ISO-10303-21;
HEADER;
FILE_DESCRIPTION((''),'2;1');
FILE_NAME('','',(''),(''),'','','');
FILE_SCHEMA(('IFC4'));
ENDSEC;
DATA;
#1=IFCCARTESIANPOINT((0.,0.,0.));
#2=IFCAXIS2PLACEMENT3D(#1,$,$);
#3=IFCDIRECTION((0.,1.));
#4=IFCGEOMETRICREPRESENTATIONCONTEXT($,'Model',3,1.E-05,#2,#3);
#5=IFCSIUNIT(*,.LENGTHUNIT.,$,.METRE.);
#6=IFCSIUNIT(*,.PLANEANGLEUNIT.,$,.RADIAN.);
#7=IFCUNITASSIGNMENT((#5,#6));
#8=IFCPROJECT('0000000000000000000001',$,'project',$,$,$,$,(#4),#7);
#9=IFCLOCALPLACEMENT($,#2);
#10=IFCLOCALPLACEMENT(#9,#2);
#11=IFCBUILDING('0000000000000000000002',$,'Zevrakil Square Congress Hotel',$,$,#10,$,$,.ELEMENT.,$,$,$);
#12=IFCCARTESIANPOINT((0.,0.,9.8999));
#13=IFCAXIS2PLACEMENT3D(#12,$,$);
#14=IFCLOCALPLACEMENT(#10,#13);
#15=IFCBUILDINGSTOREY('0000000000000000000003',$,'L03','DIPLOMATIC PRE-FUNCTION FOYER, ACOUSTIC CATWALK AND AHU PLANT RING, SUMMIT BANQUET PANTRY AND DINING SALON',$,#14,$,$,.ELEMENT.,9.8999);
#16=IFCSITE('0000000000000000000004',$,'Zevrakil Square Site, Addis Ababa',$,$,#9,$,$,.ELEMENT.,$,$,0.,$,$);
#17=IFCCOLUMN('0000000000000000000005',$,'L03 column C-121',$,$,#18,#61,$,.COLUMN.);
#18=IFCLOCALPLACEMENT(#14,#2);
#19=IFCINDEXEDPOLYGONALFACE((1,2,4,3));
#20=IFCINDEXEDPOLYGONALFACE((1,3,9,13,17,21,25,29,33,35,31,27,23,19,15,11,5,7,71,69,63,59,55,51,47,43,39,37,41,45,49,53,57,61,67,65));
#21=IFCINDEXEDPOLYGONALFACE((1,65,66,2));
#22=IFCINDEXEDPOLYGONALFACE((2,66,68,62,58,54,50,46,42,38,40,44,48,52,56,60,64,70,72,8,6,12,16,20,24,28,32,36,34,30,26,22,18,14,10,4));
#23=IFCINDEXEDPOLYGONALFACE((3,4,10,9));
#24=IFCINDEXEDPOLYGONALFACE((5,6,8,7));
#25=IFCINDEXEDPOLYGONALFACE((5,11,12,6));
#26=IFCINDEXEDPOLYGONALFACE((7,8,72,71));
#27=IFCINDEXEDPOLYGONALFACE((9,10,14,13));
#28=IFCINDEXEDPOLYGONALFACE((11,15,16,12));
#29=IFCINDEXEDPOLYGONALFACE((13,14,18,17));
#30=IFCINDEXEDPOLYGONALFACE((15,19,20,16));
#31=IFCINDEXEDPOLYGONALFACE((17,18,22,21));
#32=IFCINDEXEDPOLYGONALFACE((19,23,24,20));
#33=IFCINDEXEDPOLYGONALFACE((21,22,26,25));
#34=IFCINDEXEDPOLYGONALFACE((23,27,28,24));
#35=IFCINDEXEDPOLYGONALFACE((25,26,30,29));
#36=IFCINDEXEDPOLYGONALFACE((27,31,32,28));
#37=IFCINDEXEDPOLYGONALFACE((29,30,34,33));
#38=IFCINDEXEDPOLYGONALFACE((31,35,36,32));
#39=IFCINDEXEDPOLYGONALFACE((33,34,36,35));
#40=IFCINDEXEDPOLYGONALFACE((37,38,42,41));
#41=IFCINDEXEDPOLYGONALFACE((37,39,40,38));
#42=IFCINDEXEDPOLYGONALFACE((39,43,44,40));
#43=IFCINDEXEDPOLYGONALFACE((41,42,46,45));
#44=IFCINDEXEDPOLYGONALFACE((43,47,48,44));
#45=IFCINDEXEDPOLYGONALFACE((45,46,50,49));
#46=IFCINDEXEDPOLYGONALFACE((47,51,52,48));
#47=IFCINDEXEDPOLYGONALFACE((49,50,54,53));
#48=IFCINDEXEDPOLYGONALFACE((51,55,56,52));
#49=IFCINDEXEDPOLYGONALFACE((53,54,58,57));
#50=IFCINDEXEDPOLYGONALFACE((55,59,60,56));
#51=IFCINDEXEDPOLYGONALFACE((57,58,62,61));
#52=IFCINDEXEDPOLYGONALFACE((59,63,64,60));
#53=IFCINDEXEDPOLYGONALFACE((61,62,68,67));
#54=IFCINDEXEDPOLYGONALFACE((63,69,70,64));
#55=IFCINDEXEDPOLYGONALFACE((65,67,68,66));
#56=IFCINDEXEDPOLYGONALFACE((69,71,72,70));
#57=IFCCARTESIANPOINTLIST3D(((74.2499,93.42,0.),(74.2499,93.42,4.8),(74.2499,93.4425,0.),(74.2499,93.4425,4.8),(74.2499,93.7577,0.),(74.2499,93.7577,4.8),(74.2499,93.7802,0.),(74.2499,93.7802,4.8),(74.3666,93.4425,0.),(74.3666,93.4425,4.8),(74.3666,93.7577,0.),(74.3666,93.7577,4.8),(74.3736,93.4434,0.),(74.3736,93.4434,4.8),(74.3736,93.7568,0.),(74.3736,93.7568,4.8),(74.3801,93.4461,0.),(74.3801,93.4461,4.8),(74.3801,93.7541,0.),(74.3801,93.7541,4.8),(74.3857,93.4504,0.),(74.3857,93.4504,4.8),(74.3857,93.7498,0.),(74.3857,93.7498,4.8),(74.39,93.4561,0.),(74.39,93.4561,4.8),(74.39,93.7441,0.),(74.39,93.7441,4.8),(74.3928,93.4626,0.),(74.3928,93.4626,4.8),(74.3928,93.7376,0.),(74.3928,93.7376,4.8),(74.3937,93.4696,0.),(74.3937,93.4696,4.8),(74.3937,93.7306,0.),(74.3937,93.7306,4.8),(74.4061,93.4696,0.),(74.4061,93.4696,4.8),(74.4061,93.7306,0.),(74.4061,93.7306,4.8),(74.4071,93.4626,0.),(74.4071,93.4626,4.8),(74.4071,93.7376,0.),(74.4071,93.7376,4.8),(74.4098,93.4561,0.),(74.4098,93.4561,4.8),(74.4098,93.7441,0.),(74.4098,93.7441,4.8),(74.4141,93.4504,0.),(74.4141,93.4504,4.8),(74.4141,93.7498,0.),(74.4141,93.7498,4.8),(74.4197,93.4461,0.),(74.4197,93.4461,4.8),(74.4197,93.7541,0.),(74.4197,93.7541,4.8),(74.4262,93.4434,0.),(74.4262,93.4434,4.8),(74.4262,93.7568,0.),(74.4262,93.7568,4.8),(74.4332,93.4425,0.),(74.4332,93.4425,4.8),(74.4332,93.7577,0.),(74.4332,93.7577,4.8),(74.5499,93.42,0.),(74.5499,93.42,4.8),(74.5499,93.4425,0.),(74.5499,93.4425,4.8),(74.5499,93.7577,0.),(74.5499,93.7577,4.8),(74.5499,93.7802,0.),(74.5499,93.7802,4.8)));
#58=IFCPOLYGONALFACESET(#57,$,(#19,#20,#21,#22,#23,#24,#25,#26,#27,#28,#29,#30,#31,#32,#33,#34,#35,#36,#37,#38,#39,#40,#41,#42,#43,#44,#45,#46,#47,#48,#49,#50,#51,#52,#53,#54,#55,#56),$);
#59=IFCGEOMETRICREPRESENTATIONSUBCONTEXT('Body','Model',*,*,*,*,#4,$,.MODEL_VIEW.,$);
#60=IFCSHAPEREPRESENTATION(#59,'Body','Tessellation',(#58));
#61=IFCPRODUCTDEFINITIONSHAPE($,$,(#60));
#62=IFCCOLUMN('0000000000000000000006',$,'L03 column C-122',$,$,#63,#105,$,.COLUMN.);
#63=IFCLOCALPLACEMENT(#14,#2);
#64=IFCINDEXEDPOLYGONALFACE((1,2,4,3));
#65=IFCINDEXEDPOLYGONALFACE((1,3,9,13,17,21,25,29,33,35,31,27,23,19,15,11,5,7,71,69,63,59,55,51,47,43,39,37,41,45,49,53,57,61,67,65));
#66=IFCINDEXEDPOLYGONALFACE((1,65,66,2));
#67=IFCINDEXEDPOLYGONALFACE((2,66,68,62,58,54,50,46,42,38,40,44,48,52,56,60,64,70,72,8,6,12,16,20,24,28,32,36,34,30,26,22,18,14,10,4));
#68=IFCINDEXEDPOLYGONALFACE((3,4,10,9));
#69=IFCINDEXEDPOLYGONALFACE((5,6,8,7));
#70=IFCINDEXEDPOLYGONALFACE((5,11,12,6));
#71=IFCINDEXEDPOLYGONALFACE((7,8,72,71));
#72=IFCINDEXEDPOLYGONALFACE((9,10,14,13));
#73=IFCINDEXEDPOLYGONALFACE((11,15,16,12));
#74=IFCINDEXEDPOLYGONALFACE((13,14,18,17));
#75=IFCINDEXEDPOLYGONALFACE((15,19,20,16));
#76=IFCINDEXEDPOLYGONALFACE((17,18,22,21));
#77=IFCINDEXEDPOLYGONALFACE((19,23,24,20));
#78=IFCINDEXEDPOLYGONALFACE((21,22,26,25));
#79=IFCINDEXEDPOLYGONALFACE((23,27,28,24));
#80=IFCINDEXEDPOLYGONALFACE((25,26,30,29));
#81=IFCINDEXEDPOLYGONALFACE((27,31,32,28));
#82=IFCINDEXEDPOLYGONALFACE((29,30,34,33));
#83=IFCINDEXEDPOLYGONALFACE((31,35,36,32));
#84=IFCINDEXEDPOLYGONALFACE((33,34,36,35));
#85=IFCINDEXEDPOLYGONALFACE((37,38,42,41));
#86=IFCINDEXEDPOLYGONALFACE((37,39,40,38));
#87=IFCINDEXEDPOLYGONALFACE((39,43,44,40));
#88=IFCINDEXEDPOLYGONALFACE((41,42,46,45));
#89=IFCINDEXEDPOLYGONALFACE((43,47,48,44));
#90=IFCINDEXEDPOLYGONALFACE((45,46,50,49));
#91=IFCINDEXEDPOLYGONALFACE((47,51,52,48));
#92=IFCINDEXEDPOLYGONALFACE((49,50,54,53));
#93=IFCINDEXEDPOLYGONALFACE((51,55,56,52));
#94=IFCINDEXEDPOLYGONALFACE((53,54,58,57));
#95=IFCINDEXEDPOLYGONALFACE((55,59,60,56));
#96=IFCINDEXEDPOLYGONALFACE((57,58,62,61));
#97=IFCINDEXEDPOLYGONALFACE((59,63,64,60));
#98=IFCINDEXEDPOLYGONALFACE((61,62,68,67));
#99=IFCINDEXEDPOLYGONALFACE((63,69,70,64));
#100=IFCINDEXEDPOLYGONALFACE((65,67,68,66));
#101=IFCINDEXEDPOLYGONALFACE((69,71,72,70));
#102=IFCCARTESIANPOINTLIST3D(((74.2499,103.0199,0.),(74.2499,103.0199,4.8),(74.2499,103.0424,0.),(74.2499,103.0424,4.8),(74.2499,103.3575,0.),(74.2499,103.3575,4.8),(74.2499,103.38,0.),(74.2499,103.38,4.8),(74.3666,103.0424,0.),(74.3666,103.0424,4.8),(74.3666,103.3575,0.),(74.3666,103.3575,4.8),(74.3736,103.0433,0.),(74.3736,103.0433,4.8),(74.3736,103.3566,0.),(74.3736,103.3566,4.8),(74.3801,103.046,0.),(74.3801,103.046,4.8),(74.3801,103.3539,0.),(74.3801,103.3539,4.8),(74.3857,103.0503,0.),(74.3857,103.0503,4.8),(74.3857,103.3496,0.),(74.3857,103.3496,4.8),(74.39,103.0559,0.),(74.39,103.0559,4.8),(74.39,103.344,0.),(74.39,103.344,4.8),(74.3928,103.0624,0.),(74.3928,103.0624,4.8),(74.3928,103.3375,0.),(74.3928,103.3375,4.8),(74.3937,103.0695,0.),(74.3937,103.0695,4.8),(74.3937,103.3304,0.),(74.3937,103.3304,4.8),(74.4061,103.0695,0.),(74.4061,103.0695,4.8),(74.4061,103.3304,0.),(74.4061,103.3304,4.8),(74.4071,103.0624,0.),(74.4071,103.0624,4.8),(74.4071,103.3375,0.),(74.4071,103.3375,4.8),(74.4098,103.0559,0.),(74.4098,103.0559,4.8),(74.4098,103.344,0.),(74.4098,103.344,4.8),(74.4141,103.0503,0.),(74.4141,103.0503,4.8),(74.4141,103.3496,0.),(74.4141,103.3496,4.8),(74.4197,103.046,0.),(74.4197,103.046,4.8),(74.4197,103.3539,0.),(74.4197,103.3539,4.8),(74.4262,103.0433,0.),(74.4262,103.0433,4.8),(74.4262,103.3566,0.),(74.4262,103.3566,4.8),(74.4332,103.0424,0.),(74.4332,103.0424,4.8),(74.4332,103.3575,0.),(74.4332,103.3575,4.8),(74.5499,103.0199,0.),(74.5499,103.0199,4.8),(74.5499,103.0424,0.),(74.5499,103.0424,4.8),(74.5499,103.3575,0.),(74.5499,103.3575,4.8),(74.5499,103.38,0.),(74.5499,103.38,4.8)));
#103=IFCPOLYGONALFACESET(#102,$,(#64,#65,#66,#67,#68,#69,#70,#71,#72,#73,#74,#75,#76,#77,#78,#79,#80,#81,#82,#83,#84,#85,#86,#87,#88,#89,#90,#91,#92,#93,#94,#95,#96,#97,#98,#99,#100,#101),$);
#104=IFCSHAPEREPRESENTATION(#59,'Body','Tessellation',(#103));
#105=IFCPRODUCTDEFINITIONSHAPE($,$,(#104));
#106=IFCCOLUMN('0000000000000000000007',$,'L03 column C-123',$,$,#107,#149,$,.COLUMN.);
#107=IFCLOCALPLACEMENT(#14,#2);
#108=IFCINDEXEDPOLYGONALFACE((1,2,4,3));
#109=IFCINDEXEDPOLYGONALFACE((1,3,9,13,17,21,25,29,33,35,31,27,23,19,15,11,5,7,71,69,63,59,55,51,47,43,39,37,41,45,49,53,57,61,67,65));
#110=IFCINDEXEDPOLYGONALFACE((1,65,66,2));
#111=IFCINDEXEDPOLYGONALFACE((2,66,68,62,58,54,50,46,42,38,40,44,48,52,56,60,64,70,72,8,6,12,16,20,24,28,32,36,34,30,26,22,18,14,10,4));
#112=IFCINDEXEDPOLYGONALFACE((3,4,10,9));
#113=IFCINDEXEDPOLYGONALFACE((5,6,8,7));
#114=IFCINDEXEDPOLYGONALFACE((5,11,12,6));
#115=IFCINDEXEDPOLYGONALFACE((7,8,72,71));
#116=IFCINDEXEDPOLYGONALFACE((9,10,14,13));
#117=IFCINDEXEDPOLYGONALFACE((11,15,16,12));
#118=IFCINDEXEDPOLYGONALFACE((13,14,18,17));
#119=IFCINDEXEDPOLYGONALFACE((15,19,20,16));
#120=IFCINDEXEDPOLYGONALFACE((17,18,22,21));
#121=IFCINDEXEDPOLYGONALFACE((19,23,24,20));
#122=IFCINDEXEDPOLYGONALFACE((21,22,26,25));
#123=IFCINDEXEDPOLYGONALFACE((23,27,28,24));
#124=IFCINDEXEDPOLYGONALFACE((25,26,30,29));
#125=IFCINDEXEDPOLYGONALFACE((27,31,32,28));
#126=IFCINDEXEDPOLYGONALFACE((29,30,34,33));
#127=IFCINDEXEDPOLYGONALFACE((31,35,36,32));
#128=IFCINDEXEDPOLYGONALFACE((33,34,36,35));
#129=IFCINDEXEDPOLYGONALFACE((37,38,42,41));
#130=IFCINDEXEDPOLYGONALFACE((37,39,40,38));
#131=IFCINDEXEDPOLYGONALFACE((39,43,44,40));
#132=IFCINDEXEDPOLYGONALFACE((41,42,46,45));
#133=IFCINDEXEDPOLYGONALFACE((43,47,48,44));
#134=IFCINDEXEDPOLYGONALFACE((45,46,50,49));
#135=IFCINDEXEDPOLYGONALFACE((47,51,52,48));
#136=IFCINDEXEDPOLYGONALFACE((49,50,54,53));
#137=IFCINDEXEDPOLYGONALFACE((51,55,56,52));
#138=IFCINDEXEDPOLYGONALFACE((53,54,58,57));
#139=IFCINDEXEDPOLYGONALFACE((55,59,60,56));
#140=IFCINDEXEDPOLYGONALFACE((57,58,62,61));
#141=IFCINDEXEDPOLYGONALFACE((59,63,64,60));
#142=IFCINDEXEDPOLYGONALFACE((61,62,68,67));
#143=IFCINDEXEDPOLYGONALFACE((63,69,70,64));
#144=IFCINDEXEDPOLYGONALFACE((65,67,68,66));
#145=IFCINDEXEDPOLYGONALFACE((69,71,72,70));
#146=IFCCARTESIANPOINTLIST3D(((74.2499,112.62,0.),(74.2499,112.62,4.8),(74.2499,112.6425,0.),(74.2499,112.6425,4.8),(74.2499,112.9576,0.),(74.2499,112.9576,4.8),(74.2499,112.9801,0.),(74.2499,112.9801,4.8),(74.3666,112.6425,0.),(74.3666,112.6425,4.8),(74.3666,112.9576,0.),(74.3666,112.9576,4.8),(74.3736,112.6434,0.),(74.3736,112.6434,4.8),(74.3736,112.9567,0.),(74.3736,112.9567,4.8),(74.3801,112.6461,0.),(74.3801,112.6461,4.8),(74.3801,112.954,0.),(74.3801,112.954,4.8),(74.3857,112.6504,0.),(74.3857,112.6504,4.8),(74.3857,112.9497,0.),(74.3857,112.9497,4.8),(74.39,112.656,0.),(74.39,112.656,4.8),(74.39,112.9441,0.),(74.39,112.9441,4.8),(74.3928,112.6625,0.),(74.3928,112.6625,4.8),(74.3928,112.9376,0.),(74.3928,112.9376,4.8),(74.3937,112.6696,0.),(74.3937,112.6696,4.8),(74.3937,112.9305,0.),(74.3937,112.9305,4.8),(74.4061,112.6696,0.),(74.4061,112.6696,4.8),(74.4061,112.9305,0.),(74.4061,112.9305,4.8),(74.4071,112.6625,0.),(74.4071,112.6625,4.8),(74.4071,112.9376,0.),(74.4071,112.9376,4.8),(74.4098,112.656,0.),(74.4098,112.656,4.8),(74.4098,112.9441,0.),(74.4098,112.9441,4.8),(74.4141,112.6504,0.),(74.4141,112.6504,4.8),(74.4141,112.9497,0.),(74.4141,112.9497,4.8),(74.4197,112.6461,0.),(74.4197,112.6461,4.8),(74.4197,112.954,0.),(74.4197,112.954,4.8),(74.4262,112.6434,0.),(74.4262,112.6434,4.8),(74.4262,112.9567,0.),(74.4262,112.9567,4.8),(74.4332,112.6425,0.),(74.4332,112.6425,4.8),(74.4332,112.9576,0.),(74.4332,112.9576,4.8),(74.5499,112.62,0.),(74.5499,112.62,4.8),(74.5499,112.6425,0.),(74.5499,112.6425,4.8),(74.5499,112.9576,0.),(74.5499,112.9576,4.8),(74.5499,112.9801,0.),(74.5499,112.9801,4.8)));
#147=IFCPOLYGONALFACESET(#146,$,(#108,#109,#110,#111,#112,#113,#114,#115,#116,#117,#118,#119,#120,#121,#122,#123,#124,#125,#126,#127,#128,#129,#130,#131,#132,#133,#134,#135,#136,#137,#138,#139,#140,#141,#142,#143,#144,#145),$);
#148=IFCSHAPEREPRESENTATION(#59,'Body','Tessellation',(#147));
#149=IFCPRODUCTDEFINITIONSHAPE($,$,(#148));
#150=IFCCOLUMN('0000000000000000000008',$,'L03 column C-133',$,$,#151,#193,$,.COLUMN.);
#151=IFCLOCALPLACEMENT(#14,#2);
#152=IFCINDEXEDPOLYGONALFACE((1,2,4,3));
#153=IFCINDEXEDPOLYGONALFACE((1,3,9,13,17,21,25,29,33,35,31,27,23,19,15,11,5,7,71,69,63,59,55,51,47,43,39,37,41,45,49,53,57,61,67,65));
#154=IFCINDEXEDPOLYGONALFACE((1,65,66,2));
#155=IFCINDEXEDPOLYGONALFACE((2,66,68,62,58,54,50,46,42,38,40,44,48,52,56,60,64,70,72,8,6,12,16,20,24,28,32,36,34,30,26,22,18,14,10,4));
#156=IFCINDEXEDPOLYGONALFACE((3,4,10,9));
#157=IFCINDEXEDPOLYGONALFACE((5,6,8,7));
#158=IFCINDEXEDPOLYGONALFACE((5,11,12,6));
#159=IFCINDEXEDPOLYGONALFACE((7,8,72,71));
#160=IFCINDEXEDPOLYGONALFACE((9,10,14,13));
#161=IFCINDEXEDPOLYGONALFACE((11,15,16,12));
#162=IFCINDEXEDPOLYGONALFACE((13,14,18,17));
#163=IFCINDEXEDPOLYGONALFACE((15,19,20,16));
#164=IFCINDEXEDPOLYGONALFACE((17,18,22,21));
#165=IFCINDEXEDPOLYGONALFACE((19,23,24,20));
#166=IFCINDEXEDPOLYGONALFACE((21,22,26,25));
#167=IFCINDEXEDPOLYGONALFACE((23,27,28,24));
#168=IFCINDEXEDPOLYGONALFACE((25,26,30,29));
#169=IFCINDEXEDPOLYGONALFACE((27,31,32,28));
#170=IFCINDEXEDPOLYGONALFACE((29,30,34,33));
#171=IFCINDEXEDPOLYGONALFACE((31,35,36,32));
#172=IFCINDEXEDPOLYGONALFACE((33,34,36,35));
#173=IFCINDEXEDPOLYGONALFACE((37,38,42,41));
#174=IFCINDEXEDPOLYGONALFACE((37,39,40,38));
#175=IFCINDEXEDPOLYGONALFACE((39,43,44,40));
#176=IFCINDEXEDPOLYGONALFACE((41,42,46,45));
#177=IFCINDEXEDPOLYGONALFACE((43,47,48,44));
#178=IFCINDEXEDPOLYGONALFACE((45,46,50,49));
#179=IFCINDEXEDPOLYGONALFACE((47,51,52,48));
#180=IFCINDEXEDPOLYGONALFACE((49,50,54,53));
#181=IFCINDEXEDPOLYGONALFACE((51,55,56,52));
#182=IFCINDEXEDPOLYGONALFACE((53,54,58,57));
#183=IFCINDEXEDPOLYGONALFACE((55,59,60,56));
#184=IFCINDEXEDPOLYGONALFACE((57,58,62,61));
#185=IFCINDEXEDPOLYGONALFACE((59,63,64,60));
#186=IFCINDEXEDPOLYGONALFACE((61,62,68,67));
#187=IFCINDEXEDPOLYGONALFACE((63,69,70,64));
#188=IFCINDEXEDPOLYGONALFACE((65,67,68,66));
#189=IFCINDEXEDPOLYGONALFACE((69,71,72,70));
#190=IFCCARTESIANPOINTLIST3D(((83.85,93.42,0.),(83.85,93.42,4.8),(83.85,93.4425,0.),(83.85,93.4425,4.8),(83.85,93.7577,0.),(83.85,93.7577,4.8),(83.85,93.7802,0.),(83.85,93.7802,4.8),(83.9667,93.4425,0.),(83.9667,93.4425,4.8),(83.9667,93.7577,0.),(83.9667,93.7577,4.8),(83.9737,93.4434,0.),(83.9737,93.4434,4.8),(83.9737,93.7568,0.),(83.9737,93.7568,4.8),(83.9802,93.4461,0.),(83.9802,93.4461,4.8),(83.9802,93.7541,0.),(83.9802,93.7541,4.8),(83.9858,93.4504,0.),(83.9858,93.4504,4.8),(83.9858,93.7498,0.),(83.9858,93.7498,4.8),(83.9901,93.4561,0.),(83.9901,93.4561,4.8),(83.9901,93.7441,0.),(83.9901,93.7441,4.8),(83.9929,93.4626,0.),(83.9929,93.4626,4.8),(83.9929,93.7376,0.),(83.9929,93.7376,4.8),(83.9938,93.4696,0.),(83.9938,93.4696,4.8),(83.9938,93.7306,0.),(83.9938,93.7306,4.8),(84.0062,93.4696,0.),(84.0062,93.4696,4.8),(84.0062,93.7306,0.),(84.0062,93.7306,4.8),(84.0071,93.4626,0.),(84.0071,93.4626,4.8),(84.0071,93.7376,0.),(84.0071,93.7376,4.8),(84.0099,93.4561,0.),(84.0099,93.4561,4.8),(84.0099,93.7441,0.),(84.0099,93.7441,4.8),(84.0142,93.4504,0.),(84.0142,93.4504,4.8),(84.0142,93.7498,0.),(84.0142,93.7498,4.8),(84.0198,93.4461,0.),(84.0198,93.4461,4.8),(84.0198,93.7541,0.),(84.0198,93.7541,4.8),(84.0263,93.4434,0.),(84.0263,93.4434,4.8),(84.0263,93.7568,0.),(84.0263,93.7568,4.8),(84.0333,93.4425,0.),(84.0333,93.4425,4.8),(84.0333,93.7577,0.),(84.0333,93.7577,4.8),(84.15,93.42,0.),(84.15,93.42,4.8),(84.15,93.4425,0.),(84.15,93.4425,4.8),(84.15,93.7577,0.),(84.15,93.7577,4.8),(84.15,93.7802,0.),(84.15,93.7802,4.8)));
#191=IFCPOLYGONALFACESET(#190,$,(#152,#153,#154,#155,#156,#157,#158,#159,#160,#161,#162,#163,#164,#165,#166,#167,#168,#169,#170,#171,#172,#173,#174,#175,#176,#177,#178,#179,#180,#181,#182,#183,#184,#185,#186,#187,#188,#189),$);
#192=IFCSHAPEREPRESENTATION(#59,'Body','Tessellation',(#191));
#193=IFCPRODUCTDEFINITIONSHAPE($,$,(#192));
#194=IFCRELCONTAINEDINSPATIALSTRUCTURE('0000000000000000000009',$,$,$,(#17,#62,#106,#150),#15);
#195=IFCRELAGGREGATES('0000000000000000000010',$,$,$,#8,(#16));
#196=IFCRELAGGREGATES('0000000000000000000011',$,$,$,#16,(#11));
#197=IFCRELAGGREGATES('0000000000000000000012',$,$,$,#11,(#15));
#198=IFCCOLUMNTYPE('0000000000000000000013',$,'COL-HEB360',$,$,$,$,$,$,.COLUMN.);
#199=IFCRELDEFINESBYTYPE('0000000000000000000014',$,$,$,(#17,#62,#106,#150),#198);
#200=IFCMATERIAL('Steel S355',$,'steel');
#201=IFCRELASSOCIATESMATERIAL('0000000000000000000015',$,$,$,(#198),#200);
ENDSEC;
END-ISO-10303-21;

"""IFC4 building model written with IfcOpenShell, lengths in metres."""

from ifc_helpers import new_model, si_unit, direction, frame, origin, origin_2d, place, context, subcontext, project, spatial, i_section, extrude, material, material_profile, profile_set, type_object, element, save


model = new_model("IFC4")

# Units and contexts
model_context = context("Model", 3, precision=1e-05, world=origin(), true_north=direction((0.0, 1.0)))
body_context = subcontext(model_context, "Body", "Model", "MODEL_VIEW")
ifc_project = project(units=[si_unit("LENGTHUNIT", "METRE"), si_unit("PLANEANGLEUNIT", "RADIAN")], contexts=[model_context])

# Site, building, storey
site_placement = place(None, origin())
site = spatial("IfcSite", under=ifc_project, at=site_placement, Name="Zevrakil Square Site, Addis Ababa", CompositionType="ELEMENT", RefElevation=0.0)
building_placement = place(site_placement, origin())
building = spatial("IfcBuilding", under=site, at=building_placement, Name="Zevrakil Square Congress Hotel", CompositionType="ELEMENT")
storey_placement = place(building_placement, frame((0.0, 0.0, 9.8999)))
storey = spatial("IfcBuildingStorey", under=building, at=storey_placement, Name="L03", Description="DIPLOMATIC PRE-FUNCTION FOYER, ACOUSTIC CATWALK AND AHU PLANT RING, SUMMIT BANQUET PANTRY AND DINING SALON", CompositionType="ELEMENT", Elevation=9.8999)

# Columns
ifc_material_1 = material(Name="Steel S355", Category="steel")
ifc_material_profile_1 = material_profile(ifc_material_1, i_section(OverallWidth=0.3, OverallDepth=0.3601, WebThickness=0.0125, FlangeThickness=0.0225, FilletRadius=0.0271, at=origin_2d()), Name="HEB 360")
ifc_profile_set_1 = profile_set([ifc_material_profile_1], Name="Steel S355")
column_type = type_object("IfcColumnType", Name="COL-HEB360", PredefinedType="COLUMN", material=ifc_profile_set_1)
for number, where, z_axis, x_axis, name in (
    (1, (74.3999, 93.6001, 0.0), (0.0, 0.0, 1.0), (1.0, 0.0, 0.0), "L03 column C-121"),
    (2, (74.3999, 103.2, 0.0), (0.0, 0.0, 1.0), (1.0, 0.0, 0.0), "L03 column C-122"),
    (3, (74.3999, 112.8, 0.0), (0.0, 0.0, 1.0), (1.0, 0.0, 0.0), "L03 column C-123"),
    (4, (84.0, 93.6001, 0.0), (0.0, 0.0, 1.0), (1.0, 0.0, 0.0), "L03 column C-133"),
):
    element("IfcColumn", number, at=place(storey_placement, frame(where, z_axis=z_axis, x_axis=x_axis)), inside=storey, type_object=column_type, Name=name, PredefinedType="COLUMN", context=body_context, shape_type="SweptSolid", body=[
        extrude(i_section(OverallWidth=0.3, OverallDepth=0.3601, WebThickness=0.0125, FlangeThickness=0.0225, FilletRadius=0.0271, at=origin_2d()), origin(), (0.0, 0.0, 1.0), 4.8),
    ])

save(model, "model.ifc")
